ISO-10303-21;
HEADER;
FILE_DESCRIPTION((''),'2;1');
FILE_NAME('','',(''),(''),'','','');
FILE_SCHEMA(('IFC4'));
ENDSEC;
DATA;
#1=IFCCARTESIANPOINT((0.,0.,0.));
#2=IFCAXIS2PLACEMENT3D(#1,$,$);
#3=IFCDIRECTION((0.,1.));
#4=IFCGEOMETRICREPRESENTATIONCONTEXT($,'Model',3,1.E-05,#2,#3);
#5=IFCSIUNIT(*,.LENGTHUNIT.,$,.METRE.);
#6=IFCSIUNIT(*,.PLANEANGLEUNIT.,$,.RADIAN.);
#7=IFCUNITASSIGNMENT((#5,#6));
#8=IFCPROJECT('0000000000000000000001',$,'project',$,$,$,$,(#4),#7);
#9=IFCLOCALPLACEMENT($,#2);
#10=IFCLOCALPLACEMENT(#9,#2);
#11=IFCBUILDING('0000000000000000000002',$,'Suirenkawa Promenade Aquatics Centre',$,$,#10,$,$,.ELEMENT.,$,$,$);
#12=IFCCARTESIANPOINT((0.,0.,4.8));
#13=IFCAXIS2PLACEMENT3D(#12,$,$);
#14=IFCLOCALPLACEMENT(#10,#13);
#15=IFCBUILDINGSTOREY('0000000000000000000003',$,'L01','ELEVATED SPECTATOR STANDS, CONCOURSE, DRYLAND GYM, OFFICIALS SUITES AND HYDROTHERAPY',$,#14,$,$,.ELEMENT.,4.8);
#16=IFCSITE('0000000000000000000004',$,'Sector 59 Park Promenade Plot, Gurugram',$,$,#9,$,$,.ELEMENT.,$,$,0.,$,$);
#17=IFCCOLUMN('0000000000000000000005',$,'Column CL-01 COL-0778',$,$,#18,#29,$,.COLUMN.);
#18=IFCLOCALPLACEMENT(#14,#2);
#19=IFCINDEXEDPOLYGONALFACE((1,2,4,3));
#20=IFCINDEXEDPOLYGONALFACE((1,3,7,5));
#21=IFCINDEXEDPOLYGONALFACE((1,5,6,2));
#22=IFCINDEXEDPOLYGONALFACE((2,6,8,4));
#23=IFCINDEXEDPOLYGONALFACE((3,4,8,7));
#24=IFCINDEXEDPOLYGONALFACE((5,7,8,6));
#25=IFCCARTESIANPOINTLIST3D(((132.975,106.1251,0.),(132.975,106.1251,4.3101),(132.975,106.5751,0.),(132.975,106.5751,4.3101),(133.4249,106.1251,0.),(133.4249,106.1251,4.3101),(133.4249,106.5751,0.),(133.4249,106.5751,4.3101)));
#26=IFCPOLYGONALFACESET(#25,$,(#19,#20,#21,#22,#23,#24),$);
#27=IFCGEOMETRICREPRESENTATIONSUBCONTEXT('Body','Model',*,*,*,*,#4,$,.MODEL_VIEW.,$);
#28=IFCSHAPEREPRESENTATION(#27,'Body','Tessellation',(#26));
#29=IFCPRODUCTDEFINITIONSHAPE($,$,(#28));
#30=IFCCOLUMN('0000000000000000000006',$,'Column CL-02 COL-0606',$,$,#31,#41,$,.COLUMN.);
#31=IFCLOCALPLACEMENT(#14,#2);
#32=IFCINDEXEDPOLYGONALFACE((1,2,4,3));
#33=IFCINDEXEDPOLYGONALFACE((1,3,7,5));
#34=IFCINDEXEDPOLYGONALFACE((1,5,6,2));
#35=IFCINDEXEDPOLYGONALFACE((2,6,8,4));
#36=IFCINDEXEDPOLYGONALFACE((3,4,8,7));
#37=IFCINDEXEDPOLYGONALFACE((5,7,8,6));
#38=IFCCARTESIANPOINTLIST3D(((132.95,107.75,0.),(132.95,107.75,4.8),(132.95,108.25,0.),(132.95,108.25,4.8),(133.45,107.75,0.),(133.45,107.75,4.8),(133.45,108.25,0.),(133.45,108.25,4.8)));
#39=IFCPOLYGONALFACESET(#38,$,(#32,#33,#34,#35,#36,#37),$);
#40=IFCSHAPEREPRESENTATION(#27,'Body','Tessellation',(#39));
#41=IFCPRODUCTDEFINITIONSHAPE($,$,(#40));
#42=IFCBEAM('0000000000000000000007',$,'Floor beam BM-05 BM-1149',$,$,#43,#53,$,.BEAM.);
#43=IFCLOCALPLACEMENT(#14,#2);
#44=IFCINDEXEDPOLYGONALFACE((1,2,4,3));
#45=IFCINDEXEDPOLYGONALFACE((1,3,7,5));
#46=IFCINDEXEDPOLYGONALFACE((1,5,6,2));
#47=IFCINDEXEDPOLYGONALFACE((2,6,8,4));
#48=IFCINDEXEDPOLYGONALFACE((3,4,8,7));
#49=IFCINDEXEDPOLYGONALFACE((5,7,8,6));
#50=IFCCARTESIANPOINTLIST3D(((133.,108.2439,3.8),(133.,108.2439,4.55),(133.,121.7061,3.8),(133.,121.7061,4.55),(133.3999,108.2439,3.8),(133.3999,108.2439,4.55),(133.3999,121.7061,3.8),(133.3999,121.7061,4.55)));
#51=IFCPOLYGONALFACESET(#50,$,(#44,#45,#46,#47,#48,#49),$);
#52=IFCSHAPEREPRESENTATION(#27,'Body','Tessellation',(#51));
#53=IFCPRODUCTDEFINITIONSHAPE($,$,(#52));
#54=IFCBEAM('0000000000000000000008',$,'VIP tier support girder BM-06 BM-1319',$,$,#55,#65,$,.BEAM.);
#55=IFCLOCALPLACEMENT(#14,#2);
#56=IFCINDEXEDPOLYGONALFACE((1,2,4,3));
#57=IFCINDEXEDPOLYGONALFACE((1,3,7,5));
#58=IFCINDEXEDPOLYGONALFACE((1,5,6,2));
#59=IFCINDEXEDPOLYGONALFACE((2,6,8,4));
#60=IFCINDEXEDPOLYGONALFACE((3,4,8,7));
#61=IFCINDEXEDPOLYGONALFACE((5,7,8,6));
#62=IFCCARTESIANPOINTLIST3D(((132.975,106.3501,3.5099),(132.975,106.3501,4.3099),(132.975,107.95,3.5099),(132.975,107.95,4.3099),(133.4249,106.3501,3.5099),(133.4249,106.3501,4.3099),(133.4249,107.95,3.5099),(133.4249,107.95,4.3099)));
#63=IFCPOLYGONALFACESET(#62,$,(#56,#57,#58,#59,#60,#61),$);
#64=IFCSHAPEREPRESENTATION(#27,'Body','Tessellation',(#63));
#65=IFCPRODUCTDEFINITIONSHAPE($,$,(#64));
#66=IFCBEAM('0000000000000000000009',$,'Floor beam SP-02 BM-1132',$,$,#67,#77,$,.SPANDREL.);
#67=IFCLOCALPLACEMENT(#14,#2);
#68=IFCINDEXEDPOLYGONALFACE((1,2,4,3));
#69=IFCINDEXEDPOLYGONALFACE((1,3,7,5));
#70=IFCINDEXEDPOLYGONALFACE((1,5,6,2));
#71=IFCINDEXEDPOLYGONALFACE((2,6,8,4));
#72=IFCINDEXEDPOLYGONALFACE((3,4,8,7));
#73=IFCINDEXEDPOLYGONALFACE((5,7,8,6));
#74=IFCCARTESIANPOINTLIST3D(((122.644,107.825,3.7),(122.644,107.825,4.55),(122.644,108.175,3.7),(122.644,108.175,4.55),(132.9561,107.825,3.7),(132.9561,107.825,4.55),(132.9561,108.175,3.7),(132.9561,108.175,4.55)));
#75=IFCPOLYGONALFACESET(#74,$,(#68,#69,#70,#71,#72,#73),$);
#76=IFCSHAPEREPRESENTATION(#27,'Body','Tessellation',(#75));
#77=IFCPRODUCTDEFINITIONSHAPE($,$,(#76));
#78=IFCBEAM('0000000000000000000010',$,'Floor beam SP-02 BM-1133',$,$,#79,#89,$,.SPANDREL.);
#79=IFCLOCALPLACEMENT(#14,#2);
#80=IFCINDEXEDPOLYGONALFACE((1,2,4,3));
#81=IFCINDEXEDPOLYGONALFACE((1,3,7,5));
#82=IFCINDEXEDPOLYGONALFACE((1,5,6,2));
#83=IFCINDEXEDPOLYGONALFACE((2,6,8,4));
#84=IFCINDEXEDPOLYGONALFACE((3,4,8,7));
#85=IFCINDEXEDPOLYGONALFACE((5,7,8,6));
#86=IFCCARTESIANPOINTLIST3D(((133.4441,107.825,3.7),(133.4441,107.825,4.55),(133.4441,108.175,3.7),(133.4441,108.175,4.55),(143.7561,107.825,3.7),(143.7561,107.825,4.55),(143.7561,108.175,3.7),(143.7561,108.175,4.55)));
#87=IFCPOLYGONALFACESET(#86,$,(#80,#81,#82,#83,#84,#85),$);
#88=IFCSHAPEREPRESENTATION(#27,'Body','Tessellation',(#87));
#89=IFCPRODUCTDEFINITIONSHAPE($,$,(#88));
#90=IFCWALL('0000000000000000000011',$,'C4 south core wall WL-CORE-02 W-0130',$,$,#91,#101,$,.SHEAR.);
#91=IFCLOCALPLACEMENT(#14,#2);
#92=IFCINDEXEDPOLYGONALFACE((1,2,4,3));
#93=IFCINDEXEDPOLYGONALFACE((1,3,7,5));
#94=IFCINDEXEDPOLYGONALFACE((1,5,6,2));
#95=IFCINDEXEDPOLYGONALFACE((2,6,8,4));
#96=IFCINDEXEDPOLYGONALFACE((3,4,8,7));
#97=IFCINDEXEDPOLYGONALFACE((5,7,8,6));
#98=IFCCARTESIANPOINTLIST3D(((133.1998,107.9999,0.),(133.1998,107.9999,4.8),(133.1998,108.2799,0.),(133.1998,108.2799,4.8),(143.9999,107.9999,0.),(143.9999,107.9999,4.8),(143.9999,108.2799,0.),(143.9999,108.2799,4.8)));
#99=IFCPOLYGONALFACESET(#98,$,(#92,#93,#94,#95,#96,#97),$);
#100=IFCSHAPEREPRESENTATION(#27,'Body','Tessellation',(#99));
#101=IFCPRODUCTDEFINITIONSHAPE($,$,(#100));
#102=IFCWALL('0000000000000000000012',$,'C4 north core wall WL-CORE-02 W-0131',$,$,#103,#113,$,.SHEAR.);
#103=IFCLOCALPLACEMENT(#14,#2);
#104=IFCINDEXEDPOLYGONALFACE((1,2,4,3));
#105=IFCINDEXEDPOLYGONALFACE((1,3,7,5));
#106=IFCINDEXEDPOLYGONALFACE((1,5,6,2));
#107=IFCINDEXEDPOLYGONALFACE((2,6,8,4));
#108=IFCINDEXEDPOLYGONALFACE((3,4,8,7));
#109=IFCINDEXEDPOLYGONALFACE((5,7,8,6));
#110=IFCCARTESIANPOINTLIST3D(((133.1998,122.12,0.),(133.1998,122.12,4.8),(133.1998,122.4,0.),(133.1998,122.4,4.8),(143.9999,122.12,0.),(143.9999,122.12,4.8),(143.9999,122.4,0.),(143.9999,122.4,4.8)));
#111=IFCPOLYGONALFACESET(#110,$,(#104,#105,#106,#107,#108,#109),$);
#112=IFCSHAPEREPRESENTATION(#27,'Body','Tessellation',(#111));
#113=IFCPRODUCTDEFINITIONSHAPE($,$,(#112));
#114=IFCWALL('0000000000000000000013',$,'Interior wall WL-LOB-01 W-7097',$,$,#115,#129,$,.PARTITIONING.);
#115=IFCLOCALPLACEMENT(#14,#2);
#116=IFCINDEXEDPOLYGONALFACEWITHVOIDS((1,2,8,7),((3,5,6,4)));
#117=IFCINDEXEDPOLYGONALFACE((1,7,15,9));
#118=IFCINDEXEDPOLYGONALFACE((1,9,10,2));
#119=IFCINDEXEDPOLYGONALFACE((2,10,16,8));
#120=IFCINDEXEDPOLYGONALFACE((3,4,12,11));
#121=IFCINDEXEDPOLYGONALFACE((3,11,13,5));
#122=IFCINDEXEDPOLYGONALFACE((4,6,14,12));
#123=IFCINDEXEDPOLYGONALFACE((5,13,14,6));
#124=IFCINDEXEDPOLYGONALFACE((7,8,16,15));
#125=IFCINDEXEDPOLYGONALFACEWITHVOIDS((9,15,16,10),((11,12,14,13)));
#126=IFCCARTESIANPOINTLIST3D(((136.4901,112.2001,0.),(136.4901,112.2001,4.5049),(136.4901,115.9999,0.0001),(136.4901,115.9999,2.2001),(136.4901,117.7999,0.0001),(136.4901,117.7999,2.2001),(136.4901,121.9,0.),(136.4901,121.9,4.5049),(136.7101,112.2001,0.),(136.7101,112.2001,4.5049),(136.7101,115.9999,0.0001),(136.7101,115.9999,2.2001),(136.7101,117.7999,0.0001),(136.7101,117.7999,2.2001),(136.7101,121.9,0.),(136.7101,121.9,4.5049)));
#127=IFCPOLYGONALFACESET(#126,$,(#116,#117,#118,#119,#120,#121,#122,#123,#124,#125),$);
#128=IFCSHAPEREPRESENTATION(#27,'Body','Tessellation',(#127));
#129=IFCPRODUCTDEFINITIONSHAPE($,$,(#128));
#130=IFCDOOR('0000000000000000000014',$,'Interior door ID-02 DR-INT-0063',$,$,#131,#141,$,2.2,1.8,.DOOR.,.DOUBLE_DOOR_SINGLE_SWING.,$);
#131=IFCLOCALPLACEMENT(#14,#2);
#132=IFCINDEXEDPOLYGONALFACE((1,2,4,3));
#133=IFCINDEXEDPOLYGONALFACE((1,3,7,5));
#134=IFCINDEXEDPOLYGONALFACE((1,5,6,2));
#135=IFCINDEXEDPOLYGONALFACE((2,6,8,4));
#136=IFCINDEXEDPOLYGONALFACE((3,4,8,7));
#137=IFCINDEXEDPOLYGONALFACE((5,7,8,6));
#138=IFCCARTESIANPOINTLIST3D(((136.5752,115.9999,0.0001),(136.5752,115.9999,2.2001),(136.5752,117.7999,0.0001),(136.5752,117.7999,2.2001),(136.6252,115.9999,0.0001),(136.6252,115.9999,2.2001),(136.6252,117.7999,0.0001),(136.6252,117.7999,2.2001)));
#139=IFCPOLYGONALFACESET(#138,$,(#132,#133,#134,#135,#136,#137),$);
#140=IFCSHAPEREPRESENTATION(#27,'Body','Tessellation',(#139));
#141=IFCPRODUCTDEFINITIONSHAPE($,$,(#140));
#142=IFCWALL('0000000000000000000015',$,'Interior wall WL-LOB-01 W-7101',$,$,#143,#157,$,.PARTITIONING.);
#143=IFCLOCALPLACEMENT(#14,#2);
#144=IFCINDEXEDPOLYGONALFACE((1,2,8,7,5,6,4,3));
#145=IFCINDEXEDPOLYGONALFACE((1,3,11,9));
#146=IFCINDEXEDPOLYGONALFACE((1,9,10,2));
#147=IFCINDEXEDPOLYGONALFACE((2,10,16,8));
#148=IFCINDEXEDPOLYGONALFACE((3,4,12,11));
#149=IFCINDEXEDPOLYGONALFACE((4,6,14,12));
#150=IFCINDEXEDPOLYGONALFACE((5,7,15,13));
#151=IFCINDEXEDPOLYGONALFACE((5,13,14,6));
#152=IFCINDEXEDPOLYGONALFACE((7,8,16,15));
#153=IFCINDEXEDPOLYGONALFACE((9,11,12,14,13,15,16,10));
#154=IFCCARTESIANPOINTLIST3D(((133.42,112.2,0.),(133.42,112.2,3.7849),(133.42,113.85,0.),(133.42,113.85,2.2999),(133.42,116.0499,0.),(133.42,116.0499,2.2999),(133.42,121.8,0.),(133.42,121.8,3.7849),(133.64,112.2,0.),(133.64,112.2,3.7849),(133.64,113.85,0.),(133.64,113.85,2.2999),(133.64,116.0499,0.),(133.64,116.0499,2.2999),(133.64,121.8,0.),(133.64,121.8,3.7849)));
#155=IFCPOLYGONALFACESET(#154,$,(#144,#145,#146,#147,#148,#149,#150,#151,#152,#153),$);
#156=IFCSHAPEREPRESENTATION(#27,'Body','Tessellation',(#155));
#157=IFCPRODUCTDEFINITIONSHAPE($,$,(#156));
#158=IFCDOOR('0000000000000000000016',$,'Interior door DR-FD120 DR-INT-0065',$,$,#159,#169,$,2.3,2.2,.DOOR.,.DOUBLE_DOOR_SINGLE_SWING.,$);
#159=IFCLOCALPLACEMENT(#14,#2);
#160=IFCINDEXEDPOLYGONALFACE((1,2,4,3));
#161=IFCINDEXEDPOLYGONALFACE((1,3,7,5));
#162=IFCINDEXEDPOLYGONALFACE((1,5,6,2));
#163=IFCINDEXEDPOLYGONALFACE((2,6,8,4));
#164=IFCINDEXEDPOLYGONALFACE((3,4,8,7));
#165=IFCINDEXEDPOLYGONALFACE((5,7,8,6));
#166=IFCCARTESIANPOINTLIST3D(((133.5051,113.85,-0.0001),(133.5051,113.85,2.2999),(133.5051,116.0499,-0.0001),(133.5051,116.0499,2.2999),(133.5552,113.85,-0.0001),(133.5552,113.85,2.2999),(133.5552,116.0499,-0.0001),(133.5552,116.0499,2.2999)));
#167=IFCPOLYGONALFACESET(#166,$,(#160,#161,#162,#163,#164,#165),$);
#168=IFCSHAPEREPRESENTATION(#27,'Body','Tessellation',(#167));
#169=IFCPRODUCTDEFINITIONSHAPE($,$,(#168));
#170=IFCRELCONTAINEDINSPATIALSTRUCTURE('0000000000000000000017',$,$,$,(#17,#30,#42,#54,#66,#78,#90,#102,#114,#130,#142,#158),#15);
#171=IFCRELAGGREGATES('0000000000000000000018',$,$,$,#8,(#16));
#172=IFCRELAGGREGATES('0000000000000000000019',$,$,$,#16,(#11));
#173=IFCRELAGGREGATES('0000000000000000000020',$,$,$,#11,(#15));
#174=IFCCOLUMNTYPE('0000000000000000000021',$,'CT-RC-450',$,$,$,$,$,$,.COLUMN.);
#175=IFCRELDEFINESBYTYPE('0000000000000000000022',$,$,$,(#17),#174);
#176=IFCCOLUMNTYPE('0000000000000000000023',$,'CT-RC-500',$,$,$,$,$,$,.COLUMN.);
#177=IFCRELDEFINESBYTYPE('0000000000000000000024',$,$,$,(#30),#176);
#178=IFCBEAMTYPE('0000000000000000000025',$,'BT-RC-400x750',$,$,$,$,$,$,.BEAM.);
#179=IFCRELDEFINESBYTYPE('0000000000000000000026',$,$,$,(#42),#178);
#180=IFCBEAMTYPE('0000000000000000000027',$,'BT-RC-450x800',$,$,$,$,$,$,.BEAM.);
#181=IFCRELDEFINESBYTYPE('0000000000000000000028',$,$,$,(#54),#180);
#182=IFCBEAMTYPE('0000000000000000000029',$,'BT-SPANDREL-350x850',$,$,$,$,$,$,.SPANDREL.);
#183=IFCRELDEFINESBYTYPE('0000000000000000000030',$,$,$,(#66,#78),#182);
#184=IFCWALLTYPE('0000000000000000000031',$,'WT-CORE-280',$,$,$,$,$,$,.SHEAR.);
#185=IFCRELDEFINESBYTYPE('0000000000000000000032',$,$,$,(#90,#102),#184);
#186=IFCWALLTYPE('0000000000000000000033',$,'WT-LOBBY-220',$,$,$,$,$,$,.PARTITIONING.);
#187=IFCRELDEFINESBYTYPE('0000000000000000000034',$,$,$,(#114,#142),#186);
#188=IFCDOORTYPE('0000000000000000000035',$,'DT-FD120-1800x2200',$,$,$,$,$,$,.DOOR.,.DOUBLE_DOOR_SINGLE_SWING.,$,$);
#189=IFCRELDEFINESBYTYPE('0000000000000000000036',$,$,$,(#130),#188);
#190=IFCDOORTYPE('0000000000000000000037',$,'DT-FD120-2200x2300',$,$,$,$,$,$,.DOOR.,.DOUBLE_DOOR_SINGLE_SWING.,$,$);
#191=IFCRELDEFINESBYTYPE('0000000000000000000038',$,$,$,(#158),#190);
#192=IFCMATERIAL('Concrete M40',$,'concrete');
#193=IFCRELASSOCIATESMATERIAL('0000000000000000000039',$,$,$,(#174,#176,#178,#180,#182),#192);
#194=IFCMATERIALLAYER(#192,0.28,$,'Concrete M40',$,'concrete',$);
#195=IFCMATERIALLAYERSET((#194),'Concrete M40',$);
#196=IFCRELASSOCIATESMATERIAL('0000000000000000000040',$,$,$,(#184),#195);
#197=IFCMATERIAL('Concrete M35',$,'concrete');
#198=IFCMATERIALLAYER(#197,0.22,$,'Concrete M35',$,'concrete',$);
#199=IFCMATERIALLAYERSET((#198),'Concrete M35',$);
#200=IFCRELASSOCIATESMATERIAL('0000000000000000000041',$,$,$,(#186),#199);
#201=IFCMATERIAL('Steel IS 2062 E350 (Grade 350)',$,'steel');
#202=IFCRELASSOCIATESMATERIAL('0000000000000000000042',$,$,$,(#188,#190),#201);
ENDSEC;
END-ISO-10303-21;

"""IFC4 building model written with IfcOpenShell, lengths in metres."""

from ifc_helpers import new_model, si_unit, direction, frame, frame_2d, origin, origin_2d, place, context, subcontext, project, spatial, rectangle, extrude, material, layer, layer_set, material_profile, profile_set, type_object, element, fill, save


model = new_model("IFC4")

# Units and contexts
model_context = context("Model", 3, precision=1e-05, world=origin(), true_north=direction((0.0, 1.0)))
body_context = subcontext(model_context, "Body", "Model", "MODEL_VIEW")
ifc_project = project(units=[si_unit("LENGTHUNIT", "METRE"), si_unit("PLANEANGLEUNIT", "RADIAN")], contexts=[model_context])

# Site, building, storey
site_placement = place(None, origin())
site = spatial("IfcSite", under=ifc_project, at=site_placement, Name="Sector 59 Park Promenade Plot, Gurugram", CompositionType="ELEMENT", RefElevation=0.0)
building_placement = place(site_placement, origin())
building = spatial("IfcBuilding", under=site, at=building_placement, Name="Suirenkawa Promenade Aquatics Centre", CompositionType="ELEMENT")
storey_placement = place(building_placement, frame((0.0, 0.0, 4.8)))
storey = spatial("IfcBuildingStorey", under=building, at=storey_placement, Name="L01", Description="ELEVATED SPECTATOR STANDS, CONCOURSE, DRYLAND GYM, OFFICIALS SUITES AND HYDROTHERAPY", CompositionType="ELEMENT", Elevation=4.8)

# Columns
ifc_material_1 = material(Name="Concrete M40", Category="concrete")
ifc_material_profile_1 = material_profile(ifc_material_1, rectangle(XDim=0.45, YDim=0.45, at=origin_2d()), Name="RC COL 450x450", Category="concrete")
ifc_profile_set_1 = profile_set([ifc_material_profile_1], Name="Concrete M40")
column_type_1 = type_object("IfcColumnType", Name="CT-RC-450", PredefinedType="COLUMN", material=ifc_profile_set_1)
column_1_placement = place(storey_placement, frame((133.2, 106.3501, 0.0), z_axis=(0.0, 0.0, 1.0), x_axis=(1.0, 0.0, 0.0)))
element("IfcColumn", 1, at=column_1_placement, inside=storey, type_object=column_type_1, Name="Column CL-01 COL-0778", PredefinedType="COLUMN", context=body_context, shape_type="SweptSolid", body=[
    extrude(rectangle(XDim=0.45, YDim=0.45, at=origin_2d()), origin(), (0.0, 0.0, 1.0), 4.3101),
])
ifc_material_profile_2 = material_profile(ifc_material_1, rectangle(XDim=0.5, YDim=0.5, at=origin_2d()), Name="RC COL 500x500", Category="concrete")
ifc_profile_set_2 = profile_set([ifc_material_profile_2], Name="Concrete M40")
column_type_2 = type_object("IfcColumnType", Name="CT-RC-500", PredefinedType="COLUMN", material=ifc_profile_set_2)
column_2_placement = place(storey_placement, frame((133.2, 108.0, 0.0), z_axis=(0.0, 0.0, 1.0), x_axis=(1.0, 0.0, 0.0)))
element("IfcColumn", 2, at=column_2_placement, inside=storey, type_object=column_type_2, Name="Column CL-02 COL-0606", PredefinedType="COLUMN", context=body_context, shape_type="SweptSolid", body=[
    extrude(rectangle(XDim=0.5, YDim=0.5, at=origin_2d()), origin(), (0.0, 0.0, 1.0), 4.8),
])

# Beams
ifc_material_profile_3 = material_profile(ifc_material_1, rectangle(XDim=0.3999, YDim=0.75, at=origin_2d()), Name="RC BM 400x750", Category="concrete")
ifc_profile_set_3 = profile_set([ifc_material_profile_3], Name="Concrete M40")
beam_type_1 = type_object("IfcBeamType", Name="BT-RC-400x750", PredefinedType="BEAM", material=ifc_profile_set_3)
beam_1_placement = place(storey_placement, frame((133.2, 108.2439, 4.175), z_axis=(0.0, 1.0, 0.0), x_axis=(-1.0, 0.0, 0.0)))
element("IfcBeam", 3, at=beam_1_placement, inside=storey, type_object=beam_type_1, Name="Floor beam BM-05 BM-1149", PredefinedType="BEAM", context=body_context, shape_type="SweptSolid", body=[
    extrude(rectangle(XDim=0.3999, YDim=0.75, at=origin_2d()), origin(), (0.0, 0.0, 1.0), 13.4622),
])
ifc_material_profile_4 = material_profile(ifc_material_1, rectangle(XDim=0.45, YDim=0.8, at=origin_2d()), Name="RC BM 450x800", Category="concrete")
ifc_profile_set_4 = profile_set([ifc_material_profile_4], Name="Concrete M40")
beam_type_2 = type_object("IfcBeamType", Name="BT-RC-450x800", PredefinedType="BEAM", material=ifc_profile_set_4)
beam_2_placement = place(storey_placement, frame((133.2, 106.3501, 3.9099), z_axis=(0.0, 1.0, 0.0), x_axis=(-1.0, 0.0, 0.0)))
element("IfcBeam", 4, at=beam_2_placement, inside=storey, type_object=beam_type_2, Name="VIP tier support girder BM-06 BM-1319", PredefinedType="BEAM", context=body_context, shape_type="SweptSolid", body=[
    extrude(rectangle(XDim=0.45, YDim=0.8, at=origin_2d()), origin(), (0.0, 0.0, 1.0), 1.5999),
])
ifc_material_profile_5 = material_profile(ifc_material_1, rectangle(XDim=0.3501, YDim=0.8501, at=origin_2d()), Name="RC SPANDREL 350x850", Category="concrete")
ifc_profile_set_5 = profile_set([ifc_material_profile_5], Name="Concrete M40")
beam_type_3 = type_object("IfcBeamType", Name="BT-SPANDREL-350x850", PredefinedType="SPANDREL", material=ifc_profile_set_5)
for number, where, z_axis, x_axis, name in (
    (5, (122.644, 108.0, 4.125), (1.0, 0.0, 0.0), (0.0, 1.0, 0.0), "Floor beam SP-02 BM-1132"),
    (6, (133.4441, 108.0, 4.125), (1.0, 0.0, 0.0), (0.0, 1.0, 0.0), "Floor beam SP-02 BM-1133"),
):
    element("IfcBeam", number, at=place(storey_placement, frame(where, z_axis=z_axis, x_axis=x_axis)), inside=storey, type_object=beam_type_3, Name=name, PredefinedType="SPANDREL", context=body_context, shape_type="SweptSolid", body=[
        extrude(rectangle(XDim=0.3501, YDim=0.8501, at=origin_2d()), origin(), (0.0, 0.0, 1.0), 10.312),
    ])

# Walls
ifc_layer_1 = layer(ifc_material_1, 0.28, Name="Concrete M40", Category="concrete")
ifc_layer_set_1 = layer_set([ifc_layer_1], Name="Concrete M40")
wall_type_1 = type_object("IfcWallType", Name="WT-CORE-280", PredefinedType="SHEAR", material=ifc_layer_set_1)
for number, where, z_axis, x_axis, name in (
    (7, (133.2, 108.1399, 0.0), (0.0, 0.0, 1.0), (1.0, 0.0, 0.0), "C4 south core wall WL-CORE-02 W-0130"),
    (8, (133.2, 122.26, 0.0), (0.0, 0.0, 1.0), (1.0, 0.0, 0.0), "C4 north core wall WL-CORE-02 W-0131"),
):
    element("IfcWall", number, at=place(storey_placement, frame(where, z_axis=z_axis, x_axis=x_axis)), inside=storey, type_object=wall_type_1, Name=name, PredefinedType="SHEAR", context=body_context, shape_type="SweptSolid", body=[
        extrude(rectangle(XDim=10.8, YDim=0.28, at=frame_2d((5.3999, 0.0))), origin(), (0.0, 0.0, 1.0), 4.8),
    ])

# Walls, openings, doors
ifc_material_2 = material(Name="Concrete M35", Category="concrete")
ifc_layer_2 = layer(ifc_material_2, 0.22, Name="Concrete M35", Category="concrete")
ifc_layer_set_2 = layer_set([ifc_layer_2], Name="Concrete M35")
wall_type_2 = type_object("IfcWallType", Name="WT-LOBBY-220", PredefinedType="PARTITIONING", material=ifc_layer_set_2)
wall_1_placement = place(storey_placement, frame((136.6001, 112.2, 0.0), z_axis=(0.0, 0.0, 1.0), x_axis=(0.0, 1.0, 0.0)))
wall_1 = element("IfcWall", 9, at=wall_1_placement, inside=storey, type_object=wall_type_2, Name="Interior wall WL-LOB-01 W-7097", PredefinedType="PARTITIONING", context=body_context, shape_type="SweptSolid", body=[
    extrude(rectangle(XDim=9.7, YDim=0.22, at=frame_2d((4.8501, 0.0))), origin(), (0.0, 0.0, 1.0), 4.5049),
])
opening_1_placement = place(wall_1_placement, frame((3.8, 0.0, 0.0)))
opening_1 = element("IfcOpeningElement", 10, at=opening_1_placement, cuts=wall_1, PredefinedType="OPENING", context=body_context, shape_type="SweptSolid", body=[
    extrude(rectangle(XDim=1.8, YDim=2.2, at=frame_2d((0.8999, 1.1001))), frame((0.0, 0.1199, 0.0), z_axis=(0.0, -1.0, 0.0), x_axis=(1.0, 0.0, 0.0)), (0.0, 0.0, 1.0), 0.24),
])
ifc_material_3 = material(Name="Steel IS 2062 E350 (Grade 350)", Category="steel")
door_type_1 = type_object("IfcDoorType", Name="DT-FD120-1800x2200", OperationType="DOUBLE_DOOR_SINGLE_SWING", PredefinedType="DOOR", material=ifc_material_3)
door_1_placement = place(opening_1_placement, origin())
door_1 = element("IfcDoor", 11, at=door_1_placement, inside=storey, type_object=door_type_1, Name="Interior door ID-02 DR-INT-0063", OperationType="DOUBLE_DOOR_SINGLE_SWING", OverallHeight=2.2, OverallWidth=1.8, PredefinedType="DOOR", context=body_context, shape_type="SweptSolid", body=[
    extrude(rectangle(XDim=1.8, YDim=2.2, at=frame_2d((0.8999, 1.1001))), frame((0.0, 0.0249, 0.0), z_axis=(0.0, -1.0, 0.0), x_axis=(1.0, 0.0, 0.0)), (0.0, 0.0, 1.0), 0.05),
])
fill(opening_1, door_1)
wall_2_placement = place(storey_placement, frame((133.53, 112.2, 0.0), z_axis=(0.0, 0.0, 1.0), x_axis=(0.0, 1.0, 0.0)))
wall_2 = element("IfcWall", 12, at=wall_2_placement, inside=storey, type_object=wall_type_2, Name="Interior wall WL-LOB-01 W-7101", PredefinedType="PARTITIONING", context=body_context, shape_type="SweptSolid", body=[
    extrude(rectangle(XDim=9.6001, YDim=0.22, at=frame_2d((4.8, 0.0))), origin(), (0.0, 0.0, 1.0), 3.7849),
])
opening_2_placement = place(wall_2_placement, frame((1.6499, 0.0, 0.0)))
opening_2 = element("IfcOpeningElement", 13, at=opening_2_placement, cuts=wall_2, PredefinedType="OPENING", context=body_context, shape_type="SweptSolid", body=[
    extrude(rectangle(XDim=2.2, YDim=2.3, at=frame_2d((1.1001, 1.1499))), frame((0.0, 0.1199, 0.0), z_axis=(0.0, -1.0, 0.0), x_axis=(1.0, 0.0, 0.0)), (0.0, 0.0, 1.0), 0.24),
])
door_type_2 = type_object("IfcDoorType", Name="DT-FD120-2200x2300", OperationType="DOUBLE_DOOR_SINGLE_SWING", PredefinedType="DOOR", material=ifc_material_3)
door_2_placement = place(opening_2_placement, origin())
door_2 = element("IfcDoor", 14, at=door_2_placement, inside=storey, type_object=door_type_2, Name="Interior door DR-FD120 DR-INT-0065", OperationType="DOUBLE_DOOR_SINGLE_SWING", OverallHeight=2.3, OverallWidth=2.2, PredefinedType="DOOR", context=body_context, shape_type="SweptSolid", body=[
    extrude(rectangle(XDim=2.2, YDim=2.3, at=frame_2d((1.1001, 1.1499))), frame((0.0, 0.0249, 0.0), z_axis=(0.0, -1.0, 0.0), x_axis=(1.0, 0.0, 0.0)), (0.0, 0.0, 1.0), 0.05),
])
fill(opening_2, door_2)

save(model, "model.ifc")
